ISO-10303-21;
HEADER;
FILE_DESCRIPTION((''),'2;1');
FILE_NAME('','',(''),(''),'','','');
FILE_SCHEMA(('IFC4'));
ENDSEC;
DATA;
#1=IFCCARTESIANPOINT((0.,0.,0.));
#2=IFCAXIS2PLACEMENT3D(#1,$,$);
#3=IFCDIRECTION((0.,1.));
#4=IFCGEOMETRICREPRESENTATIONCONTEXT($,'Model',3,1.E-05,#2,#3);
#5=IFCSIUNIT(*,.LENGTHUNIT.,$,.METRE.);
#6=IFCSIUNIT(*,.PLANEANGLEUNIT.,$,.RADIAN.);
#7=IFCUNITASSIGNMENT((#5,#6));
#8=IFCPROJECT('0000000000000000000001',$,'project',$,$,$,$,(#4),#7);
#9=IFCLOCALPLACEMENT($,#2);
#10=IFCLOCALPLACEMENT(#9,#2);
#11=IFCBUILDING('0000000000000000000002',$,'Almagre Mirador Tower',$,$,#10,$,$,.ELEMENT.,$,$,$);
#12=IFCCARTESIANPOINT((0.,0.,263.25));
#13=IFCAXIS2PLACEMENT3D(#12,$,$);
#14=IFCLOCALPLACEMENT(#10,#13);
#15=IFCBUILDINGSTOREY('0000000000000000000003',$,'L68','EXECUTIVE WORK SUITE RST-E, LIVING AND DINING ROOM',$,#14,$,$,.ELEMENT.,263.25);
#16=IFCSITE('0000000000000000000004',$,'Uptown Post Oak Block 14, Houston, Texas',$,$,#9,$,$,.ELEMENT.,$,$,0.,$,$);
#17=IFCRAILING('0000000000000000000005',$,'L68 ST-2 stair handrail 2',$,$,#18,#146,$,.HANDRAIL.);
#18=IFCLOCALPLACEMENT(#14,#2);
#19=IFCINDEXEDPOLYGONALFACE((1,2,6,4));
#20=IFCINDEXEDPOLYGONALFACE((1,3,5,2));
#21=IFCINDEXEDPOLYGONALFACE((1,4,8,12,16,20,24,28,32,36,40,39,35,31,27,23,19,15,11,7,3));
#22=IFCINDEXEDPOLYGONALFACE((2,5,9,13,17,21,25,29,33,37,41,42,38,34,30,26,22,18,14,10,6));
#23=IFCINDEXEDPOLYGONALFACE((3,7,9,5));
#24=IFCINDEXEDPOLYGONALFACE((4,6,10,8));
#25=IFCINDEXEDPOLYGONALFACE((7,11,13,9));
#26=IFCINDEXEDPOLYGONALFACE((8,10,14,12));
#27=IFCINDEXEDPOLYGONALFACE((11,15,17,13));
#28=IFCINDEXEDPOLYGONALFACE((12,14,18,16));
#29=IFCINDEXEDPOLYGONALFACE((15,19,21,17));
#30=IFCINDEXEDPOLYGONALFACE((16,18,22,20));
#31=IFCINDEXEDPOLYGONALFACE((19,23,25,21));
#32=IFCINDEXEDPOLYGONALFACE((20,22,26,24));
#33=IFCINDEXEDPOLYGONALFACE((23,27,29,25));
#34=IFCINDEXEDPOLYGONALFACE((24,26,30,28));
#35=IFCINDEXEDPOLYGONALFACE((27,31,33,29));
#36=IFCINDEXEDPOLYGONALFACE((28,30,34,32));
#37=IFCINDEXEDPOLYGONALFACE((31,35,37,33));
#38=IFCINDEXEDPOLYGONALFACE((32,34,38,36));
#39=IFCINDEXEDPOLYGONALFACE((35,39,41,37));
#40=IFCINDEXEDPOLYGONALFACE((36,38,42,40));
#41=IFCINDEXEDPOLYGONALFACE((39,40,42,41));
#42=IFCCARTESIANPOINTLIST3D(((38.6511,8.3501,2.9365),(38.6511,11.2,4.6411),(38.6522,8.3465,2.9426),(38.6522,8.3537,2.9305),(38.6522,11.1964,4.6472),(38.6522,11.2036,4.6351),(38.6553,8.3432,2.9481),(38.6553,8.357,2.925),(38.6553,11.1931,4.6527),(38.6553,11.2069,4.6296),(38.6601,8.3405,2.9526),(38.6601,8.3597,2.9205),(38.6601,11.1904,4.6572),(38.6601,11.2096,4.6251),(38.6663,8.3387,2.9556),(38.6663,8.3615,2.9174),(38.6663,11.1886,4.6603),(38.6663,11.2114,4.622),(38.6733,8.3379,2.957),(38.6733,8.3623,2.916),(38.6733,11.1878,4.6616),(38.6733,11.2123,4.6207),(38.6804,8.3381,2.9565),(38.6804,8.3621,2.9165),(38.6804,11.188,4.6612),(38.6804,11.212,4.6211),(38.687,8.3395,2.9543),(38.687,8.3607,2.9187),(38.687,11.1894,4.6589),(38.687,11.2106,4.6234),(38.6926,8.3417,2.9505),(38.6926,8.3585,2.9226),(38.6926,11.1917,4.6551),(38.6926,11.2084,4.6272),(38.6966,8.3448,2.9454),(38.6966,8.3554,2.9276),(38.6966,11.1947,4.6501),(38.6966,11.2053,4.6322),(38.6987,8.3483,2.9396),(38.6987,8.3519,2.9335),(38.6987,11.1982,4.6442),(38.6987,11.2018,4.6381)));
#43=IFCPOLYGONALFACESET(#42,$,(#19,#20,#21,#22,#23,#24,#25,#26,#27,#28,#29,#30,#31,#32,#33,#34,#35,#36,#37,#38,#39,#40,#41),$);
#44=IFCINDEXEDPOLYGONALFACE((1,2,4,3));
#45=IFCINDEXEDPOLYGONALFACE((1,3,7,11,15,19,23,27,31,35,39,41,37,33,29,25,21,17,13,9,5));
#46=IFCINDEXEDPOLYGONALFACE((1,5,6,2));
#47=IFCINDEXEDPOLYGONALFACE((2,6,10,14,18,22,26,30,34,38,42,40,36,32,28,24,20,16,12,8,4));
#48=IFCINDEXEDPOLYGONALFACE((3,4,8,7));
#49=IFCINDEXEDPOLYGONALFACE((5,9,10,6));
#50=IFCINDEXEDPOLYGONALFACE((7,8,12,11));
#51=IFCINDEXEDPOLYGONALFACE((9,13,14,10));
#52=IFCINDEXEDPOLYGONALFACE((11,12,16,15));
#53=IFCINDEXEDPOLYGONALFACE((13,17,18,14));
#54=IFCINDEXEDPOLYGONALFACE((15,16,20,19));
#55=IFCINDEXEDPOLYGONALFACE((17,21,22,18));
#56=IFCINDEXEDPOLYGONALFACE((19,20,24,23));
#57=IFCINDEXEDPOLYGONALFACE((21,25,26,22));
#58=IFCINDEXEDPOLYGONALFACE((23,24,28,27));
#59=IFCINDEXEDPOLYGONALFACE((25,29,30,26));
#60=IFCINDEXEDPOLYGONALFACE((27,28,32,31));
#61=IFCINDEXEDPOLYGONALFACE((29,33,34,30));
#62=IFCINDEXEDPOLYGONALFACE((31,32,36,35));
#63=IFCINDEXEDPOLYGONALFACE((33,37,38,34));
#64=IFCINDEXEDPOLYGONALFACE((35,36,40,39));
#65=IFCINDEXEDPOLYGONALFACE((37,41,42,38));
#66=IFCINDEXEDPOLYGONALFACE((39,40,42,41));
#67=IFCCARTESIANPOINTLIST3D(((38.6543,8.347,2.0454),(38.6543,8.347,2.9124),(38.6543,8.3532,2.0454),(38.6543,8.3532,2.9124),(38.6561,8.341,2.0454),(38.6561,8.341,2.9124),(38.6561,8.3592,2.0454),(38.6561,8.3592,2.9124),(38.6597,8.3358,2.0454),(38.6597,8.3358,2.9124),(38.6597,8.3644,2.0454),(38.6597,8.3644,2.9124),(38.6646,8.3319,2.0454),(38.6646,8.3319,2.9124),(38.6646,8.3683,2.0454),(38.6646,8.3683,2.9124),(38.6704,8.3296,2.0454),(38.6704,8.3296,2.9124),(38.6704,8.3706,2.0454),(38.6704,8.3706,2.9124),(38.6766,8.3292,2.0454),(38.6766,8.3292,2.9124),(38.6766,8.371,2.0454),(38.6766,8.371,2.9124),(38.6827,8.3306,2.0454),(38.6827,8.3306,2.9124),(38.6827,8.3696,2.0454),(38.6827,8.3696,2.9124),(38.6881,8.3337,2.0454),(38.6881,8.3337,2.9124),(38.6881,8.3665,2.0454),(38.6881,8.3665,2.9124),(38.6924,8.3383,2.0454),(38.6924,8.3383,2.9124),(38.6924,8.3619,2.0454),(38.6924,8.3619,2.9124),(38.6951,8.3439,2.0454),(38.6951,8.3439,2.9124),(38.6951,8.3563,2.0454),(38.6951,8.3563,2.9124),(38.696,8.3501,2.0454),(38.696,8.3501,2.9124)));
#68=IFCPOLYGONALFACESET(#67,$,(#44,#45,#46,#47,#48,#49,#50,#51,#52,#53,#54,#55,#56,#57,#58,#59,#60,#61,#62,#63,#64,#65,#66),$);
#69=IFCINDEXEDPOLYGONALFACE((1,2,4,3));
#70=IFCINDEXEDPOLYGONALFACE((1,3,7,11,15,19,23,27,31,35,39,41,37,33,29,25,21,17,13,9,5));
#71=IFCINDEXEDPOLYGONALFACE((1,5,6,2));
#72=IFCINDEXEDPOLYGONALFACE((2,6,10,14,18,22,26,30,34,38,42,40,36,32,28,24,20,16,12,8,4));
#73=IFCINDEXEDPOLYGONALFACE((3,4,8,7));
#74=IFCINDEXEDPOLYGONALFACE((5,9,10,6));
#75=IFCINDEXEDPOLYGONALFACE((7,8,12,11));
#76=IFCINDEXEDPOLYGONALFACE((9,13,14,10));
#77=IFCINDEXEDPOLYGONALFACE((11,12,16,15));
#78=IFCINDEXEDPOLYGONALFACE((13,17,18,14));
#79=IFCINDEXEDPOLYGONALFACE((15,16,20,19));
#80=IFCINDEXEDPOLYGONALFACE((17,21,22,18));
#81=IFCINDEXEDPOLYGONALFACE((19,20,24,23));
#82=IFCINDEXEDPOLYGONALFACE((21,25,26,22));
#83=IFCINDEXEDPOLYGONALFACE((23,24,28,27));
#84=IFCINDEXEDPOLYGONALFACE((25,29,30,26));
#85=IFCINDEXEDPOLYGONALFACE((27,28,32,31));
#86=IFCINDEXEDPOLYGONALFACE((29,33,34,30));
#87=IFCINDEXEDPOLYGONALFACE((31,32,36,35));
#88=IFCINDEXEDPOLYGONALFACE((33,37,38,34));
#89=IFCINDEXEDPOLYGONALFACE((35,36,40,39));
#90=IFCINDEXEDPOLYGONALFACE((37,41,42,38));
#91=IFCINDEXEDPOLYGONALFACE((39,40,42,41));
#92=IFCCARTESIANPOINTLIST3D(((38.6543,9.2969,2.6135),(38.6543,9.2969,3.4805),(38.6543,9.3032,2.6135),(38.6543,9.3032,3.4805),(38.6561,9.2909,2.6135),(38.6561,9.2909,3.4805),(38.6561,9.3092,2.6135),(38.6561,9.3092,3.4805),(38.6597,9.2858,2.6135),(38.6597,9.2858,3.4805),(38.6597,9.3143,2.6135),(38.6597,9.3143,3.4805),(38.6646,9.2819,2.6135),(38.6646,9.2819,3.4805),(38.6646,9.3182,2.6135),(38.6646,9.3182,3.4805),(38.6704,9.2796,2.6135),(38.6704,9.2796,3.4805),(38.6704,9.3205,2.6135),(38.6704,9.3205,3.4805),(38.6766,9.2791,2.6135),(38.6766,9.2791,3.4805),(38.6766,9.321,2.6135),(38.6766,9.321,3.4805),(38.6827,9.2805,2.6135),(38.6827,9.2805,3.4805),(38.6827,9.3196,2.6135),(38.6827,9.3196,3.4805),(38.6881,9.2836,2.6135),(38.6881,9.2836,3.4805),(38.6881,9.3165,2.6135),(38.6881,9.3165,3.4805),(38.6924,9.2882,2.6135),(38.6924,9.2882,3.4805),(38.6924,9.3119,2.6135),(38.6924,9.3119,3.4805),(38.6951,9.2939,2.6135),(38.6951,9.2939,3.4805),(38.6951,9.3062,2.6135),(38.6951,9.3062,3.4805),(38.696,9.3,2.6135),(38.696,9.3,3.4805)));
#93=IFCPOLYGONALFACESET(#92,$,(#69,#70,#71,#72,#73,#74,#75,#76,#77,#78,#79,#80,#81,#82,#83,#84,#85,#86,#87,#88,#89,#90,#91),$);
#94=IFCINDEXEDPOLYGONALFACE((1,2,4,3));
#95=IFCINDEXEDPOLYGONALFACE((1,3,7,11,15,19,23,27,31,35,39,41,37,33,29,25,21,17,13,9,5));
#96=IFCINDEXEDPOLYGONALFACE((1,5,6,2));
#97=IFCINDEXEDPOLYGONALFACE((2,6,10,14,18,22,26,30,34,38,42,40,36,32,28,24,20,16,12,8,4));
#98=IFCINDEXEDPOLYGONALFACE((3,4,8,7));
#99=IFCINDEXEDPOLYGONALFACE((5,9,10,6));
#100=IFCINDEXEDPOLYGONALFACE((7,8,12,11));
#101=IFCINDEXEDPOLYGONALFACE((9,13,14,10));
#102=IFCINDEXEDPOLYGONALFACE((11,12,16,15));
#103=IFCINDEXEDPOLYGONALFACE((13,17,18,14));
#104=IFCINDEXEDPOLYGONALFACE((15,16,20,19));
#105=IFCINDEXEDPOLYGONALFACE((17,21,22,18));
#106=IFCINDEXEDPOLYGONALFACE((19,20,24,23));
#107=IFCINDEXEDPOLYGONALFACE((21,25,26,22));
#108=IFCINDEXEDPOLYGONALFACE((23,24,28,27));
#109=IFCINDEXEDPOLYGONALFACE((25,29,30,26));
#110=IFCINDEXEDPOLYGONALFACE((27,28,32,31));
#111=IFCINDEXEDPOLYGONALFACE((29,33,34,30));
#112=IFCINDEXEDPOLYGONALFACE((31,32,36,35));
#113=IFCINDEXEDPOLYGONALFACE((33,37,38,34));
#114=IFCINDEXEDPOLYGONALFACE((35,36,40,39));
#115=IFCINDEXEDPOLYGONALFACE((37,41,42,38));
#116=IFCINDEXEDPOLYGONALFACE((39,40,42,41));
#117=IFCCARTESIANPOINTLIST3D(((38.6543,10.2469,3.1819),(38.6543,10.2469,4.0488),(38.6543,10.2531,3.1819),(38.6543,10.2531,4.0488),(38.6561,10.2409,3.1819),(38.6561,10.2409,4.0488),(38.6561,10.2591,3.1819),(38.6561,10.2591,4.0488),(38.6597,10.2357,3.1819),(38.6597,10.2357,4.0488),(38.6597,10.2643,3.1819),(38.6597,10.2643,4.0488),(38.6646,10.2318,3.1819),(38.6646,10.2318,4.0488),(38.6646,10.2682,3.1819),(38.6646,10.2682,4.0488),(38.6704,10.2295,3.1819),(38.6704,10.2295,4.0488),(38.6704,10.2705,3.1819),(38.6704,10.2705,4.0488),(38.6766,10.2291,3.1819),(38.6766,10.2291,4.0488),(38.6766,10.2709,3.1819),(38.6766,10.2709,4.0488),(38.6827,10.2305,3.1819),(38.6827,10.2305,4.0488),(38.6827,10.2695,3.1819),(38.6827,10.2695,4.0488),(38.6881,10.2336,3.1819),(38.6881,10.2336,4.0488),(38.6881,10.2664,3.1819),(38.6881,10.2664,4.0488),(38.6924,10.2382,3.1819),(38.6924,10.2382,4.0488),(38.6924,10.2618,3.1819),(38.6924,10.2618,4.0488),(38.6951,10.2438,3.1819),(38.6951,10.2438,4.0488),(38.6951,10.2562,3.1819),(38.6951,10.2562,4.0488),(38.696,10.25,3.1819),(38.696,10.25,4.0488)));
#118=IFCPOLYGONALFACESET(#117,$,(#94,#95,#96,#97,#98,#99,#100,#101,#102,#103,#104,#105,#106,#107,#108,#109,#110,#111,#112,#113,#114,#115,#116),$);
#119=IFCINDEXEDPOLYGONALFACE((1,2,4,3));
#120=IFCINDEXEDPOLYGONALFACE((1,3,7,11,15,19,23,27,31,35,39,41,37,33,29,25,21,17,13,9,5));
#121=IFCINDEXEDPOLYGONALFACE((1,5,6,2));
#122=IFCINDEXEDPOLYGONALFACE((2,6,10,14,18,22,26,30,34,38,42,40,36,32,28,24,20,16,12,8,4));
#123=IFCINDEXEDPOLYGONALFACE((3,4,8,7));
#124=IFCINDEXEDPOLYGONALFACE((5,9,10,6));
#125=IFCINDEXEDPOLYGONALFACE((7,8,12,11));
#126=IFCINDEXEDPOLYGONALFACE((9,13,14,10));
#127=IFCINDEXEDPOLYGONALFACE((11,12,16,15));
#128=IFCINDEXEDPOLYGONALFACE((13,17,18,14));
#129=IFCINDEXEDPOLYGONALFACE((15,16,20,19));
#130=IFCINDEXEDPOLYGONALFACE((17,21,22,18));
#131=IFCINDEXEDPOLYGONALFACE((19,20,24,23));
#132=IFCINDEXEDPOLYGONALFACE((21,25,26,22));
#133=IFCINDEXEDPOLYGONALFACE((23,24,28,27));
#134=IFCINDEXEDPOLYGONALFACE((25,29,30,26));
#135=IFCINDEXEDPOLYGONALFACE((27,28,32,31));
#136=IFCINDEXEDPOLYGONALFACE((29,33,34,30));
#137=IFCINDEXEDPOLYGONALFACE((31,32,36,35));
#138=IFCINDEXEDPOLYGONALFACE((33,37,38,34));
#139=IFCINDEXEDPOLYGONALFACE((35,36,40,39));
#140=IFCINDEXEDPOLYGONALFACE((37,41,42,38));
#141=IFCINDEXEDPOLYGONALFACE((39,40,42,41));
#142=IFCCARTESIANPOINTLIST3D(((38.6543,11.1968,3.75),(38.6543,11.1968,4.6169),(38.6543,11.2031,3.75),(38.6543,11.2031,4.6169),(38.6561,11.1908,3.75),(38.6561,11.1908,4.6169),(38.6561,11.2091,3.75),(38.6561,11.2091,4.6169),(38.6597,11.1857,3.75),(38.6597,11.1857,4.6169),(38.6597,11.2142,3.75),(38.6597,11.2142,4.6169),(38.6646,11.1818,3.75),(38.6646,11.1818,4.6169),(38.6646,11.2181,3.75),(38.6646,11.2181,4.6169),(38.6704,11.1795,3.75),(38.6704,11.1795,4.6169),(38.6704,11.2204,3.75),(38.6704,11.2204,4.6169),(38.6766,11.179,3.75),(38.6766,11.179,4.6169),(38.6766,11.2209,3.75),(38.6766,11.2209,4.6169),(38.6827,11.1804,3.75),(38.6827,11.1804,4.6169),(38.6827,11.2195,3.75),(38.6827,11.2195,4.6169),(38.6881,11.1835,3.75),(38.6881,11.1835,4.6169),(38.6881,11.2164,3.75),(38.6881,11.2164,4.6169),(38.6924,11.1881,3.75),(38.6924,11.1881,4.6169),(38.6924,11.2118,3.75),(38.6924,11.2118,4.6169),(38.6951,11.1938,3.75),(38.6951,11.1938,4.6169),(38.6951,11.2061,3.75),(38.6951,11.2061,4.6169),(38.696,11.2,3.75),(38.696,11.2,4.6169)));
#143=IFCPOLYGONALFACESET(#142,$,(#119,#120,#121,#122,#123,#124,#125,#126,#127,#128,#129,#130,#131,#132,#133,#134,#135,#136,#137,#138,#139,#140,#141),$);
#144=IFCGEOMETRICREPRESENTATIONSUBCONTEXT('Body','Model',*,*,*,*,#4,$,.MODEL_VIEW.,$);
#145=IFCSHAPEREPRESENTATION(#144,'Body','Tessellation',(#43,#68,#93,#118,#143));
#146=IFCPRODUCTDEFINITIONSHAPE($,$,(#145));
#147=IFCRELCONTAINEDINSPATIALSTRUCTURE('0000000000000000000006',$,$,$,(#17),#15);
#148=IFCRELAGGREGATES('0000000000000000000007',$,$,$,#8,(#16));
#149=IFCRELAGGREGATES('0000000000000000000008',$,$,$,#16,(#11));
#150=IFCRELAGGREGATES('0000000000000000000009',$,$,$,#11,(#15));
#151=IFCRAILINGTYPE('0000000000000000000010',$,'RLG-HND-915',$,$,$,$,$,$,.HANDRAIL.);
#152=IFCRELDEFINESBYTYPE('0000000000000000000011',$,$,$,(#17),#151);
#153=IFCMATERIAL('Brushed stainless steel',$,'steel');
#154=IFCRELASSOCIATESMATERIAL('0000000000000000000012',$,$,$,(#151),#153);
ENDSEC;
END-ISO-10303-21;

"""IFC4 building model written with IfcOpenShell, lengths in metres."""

from ifc_helpers import new_model, si_unit, direction, frame, origin, origin_2d, place, context, subcontext, project, spatial, circle, extrude, material, type_object, element, save


model = new_model("IFC4")

# Units and contexts
model_context = context("Model", 3, precision=1e-05, world=origin(), true_north=direction((0.0, 1.0)))
body_context = subcontext(model_context, "Body", "Model", "MODEL_VIEW")
ifc_project = project(units=[si_unit("LENGTHUNIT", "METRE"), si_unit("PLANEANGLEUNIT", "RADIAN")], contexts=[model_context])

# Site, building, storey
site_placement = place(None, origin())
site = spatial("IfcSite", under=ifc_project, at=site_placement, Name="Uptown Post Oak Block 14, Houston, Texas", CompositionType="ELEMENT", RefElevation=0.0)
building_placement = place(site_placement, origin())
building = spatial("IfcBuilding", under=site, at=building_placement, Name="Almagre Mirador Tower", CompositionType="ELEMENT")
storey_placement = place(building_placement, frame((0.0, 0.0, 263.25)))
storey = spatial("IfcBuildingStorey", under=building, at=storey_placement, Name="L68", Description="EXECUTIVE WORK SUITE RST-E, LIVING AND DINING ROOM", CompositionType="ELEMENT", Elevation=263.25)

# Railing
ifc_material_1 = material(Name="Brushed stainless steel", Category="steel")
railing_type_1 = type_object("IfcRailingType", Name="RLG-HND-915", PredefinedType="HANDRAIL", material=ifc_material_1)
railing_1_placement = place(storey_placement, frame((38.675, 8.3501, 2.0454)))
element("IfcRailing", 1, at=railing_1_placement, inside=storey, type_object=railing_type_1, Name="L68 ST-2 stair handrail 2", PredefinedType="HANDRAIL", context=body_context, shape_type="SweptSolid", body=[
    extrude(circle(Radius=0.0239, at=origin_2d()), frame((0.0, 0.0, 0.8911), z_axis=(0.0, 0.858199, 0.513317), x_axis=(-1.0, 0.0, 0.0)), (0.0, 0.0, 1.0), 3.3208),
    extrude(circle(Radius=0.021, at=origin_2d()), origin(), (0.0, 0.0, 1.0), 0.8669),
    extrude(circle(Radius=0.021, at=origin_2d()), frame((0.0, 0.95, 0.5681)), (0.0, 0.0, 1.0), 0.8669),
    extrude(circle(Radius=0.021, at=origin_2d()), frame((0.0, 1.8999, 1.1365)), (0.0, 0.0, 1.0), 0.8669),
    extrude(circle(Radius=0.021, at=origin_2d()), frame((0.0, 2.8499, 1.7046)), (0.0, 0.0, 1.0), 0.8669),
])

save(model, "model.ifc")
